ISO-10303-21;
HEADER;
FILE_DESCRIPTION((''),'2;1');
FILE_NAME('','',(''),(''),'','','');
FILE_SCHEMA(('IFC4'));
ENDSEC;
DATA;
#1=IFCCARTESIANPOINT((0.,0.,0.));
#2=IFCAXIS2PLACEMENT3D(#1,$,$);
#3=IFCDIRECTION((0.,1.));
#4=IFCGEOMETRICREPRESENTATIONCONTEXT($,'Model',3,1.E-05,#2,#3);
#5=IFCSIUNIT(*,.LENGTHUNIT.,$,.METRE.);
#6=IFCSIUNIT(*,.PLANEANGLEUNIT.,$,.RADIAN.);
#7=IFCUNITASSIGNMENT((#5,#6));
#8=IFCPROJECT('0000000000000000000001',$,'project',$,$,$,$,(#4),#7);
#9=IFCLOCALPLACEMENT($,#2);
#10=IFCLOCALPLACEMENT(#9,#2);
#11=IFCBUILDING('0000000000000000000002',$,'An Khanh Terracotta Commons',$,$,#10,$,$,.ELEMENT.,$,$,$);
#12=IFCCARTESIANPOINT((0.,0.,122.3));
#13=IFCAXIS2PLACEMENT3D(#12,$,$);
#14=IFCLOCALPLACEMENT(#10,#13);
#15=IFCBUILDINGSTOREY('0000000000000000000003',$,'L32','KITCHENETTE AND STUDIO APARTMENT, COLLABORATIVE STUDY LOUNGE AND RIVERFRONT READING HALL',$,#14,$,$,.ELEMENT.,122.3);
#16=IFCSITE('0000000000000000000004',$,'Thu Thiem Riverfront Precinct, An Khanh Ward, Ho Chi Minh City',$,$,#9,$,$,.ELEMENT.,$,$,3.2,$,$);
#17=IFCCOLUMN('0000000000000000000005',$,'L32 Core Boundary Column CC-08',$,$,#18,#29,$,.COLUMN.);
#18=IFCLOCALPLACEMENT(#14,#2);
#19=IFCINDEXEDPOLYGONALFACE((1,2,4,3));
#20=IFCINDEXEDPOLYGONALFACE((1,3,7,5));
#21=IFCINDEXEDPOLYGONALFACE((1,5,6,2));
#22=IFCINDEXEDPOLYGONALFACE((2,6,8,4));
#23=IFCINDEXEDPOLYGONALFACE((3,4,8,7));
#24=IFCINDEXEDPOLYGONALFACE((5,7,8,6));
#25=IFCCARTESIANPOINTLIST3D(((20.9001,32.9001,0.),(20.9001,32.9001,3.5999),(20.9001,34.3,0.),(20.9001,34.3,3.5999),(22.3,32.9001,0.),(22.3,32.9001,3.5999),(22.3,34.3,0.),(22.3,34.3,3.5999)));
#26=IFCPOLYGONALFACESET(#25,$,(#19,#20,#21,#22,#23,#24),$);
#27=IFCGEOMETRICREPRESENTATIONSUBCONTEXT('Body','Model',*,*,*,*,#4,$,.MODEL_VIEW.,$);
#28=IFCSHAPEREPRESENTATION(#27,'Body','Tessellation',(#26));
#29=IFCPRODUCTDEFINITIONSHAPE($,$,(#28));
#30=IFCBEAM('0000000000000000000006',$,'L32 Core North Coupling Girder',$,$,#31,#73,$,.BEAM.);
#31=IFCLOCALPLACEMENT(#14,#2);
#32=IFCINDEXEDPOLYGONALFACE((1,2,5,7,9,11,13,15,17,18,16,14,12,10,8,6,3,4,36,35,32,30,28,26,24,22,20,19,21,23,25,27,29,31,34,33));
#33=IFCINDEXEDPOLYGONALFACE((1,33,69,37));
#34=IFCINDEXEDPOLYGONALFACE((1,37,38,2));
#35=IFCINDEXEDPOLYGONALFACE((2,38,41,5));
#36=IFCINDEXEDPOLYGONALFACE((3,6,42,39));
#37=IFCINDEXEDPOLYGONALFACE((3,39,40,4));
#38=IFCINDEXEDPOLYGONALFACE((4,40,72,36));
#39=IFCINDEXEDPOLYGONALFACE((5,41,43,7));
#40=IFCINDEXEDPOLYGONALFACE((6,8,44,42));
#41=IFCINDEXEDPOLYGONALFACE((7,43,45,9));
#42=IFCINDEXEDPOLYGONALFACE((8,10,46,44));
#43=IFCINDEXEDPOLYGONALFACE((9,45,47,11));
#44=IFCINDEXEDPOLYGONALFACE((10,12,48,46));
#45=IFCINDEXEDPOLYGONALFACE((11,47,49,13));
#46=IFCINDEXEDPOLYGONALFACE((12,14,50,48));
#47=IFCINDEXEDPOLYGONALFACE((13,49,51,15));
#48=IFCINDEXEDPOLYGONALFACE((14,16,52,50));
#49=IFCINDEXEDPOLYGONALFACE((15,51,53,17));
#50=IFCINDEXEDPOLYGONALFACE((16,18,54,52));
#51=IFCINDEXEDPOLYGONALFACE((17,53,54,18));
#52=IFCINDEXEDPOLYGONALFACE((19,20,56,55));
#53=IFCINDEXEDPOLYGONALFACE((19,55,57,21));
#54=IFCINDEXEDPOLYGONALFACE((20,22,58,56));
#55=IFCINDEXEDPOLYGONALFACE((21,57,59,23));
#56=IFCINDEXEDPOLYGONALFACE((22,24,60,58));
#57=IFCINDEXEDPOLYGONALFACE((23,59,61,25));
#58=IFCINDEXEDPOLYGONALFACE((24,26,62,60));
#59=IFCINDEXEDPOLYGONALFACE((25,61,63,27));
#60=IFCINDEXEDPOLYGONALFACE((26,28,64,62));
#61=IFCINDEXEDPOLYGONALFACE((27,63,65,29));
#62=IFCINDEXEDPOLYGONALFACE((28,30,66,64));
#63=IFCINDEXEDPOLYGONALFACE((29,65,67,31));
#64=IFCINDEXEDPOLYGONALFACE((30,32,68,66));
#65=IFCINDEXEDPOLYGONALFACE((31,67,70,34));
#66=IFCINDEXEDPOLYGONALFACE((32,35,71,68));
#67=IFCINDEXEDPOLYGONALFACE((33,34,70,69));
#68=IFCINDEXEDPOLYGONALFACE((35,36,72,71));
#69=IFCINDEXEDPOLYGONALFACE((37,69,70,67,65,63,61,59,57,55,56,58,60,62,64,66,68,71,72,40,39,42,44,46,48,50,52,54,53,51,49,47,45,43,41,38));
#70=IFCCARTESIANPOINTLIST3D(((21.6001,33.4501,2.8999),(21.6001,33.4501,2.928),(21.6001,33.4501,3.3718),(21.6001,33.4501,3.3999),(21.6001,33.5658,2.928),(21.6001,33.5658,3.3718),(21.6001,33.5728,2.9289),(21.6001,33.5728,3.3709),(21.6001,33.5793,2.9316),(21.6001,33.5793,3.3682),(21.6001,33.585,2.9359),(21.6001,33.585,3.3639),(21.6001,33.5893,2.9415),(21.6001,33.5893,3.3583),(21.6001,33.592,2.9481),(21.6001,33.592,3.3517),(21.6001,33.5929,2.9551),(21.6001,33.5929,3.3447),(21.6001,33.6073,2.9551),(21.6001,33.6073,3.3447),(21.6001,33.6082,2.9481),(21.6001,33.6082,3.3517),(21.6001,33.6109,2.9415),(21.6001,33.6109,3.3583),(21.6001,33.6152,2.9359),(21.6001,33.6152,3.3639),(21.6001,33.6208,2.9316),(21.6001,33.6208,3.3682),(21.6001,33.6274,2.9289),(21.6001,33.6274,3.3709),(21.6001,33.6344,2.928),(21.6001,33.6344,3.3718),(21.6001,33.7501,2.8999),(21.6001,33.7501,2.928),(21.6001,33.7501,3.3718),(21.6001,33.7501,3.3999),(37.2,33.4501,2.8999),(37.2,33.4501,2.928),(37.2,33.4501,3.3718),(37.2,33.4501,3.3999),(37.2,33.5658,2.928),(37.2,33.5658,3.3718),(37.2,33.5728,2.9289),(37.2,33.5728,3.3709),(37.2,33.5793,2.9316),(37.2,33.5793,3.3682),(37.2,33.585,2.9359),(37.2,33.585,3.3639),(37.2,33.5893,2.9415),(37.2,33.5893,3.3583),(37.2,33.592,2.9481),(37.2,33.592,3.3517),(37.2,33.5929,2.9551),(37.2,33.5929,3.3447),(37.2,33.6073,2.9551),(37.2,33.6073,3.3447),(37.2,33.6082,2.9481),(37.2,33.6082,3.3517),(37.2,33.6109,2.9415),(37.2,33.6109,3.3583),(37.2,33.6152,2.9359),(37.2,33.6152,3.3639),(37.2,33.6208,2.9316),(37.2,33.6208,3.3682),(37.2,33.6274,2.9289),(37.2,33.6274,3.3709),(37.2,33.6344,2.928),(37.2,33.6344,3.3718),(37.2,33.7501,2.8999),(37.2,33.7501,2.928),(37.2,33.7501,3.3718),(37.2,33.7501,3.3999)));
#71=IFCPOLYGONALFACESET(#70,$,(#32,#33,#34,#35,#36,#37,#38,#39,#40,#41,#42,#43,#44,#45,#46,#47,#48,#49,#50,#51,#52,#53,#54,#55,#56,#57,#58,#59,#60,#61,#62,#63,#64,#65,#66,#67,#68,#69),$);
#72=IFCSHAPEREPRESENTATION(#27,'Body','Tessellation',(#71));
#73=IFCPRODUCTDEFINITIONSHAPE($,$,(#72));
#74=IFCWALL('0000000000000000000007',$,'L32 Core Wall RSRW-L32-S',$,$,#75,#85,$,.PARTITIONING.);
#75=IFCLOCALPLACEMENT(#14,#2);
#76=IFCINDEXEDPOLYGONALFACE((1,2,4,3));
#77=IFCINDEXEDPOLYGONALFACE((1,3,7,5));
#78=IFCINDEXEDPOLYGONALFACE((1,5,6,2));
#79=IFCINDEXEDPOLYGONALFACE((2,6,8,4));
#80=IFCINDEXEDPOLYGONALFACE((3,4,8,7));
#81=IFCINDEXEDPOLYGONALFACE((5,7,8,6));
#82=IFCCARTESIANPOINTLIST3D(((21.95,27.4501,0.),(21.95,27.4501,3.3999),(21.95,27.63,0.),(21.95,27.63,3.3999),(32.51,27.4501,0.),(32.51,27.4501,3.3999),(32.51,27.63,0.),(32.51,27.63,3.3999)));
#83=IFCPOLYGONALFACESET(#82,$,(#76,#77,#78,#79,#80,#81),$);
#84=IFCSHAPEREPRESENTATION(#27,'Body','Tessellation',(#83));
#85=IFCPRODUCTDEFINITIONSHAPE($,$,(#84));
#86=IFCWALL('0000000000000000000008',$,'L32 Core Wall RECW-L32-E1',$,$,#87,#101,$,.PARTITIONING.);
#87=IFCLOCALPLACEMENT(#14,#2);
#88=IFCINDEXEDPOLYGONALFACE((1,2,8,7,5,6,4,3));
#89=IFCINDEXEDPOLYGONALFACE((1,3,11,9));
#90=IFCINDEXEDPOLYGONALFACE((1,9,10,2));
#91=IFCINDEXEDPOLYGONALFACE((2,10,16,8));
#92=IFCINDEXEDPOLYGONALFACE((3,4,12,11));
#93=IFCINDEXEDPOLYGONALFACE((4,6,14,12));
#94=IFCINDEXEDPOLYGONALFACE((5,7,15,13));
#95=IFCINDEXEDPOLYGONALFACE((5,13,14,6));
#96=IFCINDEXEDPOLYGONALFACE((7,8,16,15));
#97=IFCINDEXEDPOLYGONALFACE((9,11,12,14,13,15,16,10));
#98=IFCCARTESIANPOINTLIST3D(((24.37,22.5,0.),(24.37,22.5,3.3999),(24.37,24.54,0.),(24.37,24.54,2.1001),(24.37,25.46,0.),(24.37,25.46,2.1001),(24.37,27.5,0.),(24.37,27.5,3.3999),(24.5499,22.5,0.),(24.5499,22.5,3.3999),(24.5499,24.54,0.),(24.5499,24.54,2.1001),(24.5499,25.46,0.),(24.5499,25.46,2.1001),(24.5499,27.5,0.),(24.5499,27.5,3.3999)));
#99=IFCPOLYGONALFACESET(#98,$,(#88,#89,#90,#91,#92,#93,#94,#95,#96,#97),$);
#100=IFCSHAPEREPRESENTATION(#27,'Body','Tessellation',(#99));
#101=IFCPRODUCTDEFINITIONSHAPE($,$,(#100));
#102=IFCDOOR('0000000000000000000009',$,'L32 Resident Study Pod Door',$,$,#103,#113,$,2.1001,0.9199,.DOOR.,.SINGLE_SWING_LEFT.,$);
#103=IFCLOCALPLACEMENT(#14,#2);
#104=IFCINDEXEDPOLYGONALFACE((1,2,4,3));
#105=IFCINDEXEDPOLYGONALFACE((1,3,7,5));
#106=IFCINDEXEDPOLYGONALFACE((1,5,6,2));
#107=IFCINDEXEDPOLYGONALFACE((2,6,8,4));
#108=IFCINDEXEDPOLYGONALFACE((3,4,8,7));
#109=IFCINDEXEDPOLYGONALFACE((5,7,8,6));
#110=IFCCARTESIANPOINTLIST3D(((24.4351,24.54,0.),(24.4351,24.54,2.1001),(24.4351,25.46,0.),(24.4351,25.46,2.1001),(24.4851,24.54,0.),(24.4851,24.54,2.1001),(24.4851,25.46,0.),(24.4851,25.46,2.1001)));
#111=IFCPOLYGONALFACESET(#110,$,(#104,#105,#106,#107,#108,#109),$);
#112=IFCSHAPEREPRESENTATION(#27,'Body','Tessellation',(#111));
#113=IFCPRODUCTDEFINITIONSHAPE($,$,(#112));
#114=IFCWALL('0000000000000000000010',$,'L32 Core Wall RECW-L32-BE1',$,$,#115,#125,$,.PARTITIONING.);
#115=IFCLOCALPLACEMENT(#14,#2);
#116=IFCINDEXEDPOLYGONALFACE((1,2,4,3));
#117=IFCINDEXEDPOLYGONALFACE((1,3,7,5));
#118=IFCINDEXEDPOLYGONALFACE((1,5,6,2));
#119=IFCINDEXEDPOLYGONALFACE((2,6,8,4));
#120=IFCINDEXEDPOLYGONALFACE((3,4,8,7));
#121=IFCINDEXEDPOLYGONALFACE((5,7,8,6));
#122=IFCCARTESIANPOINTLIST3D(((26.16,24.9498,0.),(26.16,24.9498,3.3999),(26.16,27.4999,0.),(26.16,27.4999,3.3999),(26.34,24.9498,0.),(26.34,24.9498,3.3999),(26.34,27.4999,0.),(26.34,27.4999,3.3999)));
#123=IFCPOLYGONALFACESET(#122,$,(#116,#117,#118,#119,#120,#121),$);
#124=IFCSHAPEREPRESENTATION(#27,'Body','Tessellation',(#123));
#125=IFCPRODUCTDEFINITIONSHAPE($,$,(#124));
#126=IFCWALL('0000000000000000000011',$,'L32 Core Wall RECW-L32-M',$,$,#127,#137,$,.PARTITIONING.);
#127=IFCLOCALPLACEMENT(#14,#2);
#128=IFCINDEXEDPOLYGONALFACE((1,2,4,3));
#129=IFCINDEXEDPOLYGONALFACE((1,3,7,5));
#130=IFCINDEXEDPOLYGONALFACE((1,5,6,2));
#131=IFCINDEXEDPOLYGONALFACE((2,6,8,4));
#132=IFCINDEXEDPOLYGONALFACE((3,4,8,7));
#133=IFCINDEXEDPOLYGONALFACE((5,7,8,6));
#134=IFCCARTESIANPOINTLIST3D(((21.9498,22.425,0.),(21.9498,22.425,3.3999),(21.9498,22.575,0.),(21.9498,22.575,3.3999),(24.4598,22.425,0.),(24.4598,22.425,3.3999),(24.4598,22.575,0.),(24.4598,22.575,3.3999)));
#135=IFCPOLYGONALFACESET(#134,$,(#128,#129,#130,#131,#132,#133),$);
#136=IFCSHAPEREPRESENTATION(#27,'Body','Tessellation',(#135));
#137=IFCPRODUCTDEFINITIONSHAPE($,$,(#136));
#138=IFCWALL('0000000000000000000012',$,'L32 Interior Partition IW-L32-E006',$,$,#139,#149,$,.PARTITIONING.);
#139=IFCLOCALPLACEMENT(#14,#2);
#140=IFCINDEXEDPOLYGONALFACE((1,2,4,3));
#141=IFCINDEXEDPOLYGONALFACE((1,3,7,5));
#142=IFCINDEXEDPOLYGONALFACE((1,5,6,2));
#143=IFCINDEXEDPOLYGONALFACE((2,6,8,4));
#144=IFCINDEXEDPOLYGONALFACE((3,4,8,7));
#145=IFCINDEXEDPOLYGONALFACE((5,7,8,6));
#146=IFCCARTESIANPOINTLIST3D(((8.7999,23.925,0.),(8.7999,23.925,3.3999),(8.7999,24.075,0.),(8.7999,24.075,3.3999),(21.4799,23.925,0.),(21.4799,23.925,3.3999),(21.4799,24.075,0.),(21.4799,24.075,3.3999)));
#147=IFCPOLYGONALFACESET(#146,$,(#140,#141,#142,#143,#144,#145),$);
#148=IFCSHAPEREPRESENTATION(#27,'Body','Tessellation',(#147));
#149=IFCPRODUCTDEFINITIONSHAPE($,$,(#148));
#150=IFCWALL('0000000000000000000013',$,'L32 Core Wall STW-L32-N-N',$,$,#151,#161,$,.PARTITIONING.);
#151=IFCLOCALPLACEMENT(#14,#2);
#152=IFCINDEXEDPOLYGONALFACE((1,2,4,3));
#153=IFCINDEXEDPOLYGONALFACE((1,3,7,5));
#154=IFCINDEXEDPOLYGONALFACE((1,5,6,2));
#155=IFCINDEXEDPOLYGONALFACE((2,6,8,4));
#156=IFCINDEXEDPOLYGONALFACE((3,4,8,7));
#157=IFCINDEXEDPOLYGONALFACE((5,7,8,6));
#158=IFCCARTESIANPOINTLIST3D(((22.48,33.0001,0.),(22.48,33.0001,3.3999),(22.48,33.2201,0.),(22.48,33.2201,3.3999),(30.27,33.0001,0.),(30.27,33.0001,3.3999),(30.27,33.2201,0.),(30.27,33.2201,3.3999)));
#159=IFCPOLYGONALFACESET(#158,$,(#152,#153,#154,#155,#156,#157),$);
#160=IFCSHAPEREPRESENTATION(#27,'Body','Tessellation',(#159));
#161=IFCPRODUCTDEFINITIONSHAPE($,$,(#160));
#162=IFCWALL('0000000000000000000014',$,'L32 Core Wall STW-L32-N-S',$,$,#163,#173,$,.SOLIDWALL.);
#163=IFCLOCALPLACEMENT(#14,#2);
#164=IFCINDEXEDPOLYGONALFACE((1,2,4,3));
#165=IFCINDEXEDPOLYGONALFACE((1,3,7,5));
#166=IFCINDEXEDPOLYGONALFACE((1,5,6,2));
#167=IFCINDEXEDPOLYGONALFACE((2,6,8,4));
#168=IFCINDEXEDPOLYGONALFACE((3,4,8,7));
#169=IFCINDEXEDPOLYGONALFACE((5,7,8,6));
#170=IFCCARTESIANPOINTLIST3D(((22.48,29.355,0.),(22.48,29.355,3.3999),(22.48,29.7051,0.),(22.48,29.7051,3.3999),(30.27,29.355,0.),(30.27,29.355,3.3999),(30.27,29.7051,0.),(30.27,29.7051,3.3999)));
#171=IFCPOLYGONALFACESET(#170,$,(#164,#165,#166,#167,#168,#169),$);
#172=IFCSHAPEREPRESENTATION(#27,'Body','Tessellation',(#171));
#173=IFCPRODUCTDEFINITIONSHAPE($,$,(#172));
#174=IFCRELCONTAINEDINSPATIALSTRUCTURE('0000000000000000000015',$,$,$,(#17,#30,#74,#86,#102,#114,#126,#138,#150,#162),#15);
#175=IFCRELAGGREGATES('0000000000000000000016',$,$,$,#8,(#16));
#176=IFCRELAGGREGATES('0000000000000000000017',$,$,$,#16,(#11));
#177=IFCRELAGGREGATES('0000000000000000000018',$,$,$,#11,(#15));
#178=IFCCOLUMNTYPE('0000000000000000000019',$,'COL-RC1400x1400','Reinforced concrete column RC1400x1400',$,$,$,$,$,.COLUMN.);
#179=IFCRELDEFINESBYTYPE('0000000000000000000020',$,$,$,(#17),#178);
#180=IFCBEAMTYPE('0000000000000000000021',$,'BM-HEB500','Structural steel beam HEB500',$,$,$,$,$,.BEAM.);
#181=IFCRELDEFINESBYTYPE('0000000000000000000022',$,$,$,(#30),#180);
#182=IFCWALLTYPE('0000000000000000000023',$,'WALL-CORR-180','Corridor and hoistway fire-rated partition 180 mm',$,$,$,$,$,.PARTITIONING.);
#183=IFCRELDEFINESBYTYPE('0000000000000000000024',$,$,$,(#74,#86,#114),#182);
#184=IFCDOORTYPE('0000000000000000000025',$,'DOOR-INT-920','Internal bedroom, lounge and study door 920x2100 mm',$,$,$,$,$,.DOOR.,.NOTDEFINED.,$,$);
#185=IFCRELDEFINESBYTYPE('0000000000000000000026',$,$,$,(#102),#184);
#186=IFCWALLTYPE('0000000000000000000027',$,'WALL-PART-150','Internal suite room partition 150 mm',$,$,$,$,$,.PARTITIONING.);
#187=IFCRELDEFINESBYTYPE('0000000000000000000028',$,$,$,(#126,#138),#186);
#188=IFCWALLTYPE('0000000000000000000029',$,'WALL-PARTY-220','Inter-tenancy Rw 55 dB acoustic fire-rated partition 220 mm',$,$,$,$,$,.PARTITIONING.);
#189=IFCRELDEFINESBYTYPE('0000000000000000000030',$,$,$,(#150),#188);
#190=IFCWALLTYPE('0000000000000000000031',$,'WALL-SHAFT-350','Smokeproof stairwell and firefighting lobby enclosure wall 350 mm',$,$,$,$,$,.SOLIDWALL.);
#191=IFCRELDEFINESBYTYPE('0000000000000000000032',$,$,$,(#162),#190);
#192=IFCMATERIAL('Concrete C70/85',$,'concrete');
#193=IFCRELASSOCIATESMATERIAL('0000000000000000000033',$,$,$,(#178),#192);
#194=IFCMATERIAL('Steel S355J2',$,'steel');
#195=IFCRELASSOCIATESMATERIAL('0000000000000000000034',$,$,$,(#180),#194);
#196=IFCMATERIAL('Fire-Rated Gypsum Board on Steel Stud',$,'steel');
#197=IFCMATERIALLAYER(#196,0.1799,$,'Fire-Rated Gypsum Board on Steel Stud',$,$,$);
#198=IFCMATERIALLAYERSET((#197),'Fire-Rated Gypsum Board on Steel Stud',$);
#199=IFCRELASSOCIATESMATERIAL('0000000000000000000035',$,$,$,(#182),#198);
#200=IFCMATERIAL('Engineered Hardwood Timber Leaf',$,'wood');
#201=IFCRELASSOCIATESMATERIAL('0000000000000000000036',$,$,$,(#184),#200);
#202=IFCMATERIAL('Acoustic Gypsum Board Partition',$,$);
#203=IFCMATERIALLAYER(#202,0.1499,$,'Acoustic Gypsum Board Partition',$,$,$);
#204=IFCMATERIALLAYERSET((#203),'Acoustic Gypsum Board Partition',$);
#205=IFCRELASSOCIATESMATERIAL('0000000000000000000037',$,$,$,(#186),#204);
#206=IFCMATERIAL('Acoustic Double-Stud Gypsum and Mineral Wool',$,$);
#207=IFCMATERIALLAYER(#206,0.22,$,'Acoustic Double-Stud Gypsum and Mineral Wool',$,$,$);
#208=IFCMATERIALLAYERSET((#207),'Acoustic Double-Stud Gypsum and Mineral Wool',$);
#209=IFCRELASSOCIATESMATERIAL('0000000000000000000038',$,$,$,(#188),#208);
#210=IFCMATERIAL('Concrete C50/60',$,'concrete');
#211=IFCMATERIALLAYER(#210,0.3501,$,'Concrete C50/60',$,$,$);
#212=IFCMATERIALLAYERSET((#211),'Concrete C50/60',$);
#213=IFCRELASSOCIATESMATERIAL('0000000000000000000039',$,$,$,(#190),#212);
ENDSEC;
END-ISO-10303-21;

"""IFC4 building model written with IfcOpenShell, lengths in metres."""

from ifc_helpers import new_model, si_unit, direction, frame, frame_2d, origin, origin_2d, place, context, subcontext, project, spatial, rectangle, i_section, extrude, material, layer, layer_set, material_profile, profile_set, type_object, element, fill, save


model = new_model("IFC4")

# Units and contexts
model_context = context("Model", 3, precision=1e-05, world=origin(), true_north=direction((0.0, 1.0)))
body_context = subcontext(model_context, "Body", "Model", "MODEL_VIEW")
ifc_project = project(units=[si_unit("LENGTHUNIT", "METRE"), si_unit("PLANEANGLEUNIT", "RADIAN")], contexts=[model_context])

# Site, building, storey
site_placement = place(None, origin())
site = spatial("IfcSite", under=ifc_project, at=site_placement, Name="Thu Thiem Riverfront Precinct, An Khanh Ward, Ho Chi Minh City", CompositionType="ELEMENT", RefElevation=3.2)
building_placement = place(site_placement, origin())
building = spatial("IfcBuilding", under=site, at=building_placement, Name="An Khanh Terracotta Commons", CompositionType="ELEMENT")
storey_placement = place(building_placement, frame((0.0, 0.0, 122.3)))
storey = spatial("IfcBuildingStorey", under=building, at=storey_placement, Name="L32", Description="KITCHENETTE AND STUDIO APARTMENT, COLLABORATIVE STUDY LOUNGE AND RIVERFRONT READING HALL", CompositionType="ELEMENT", Elevation=122.3)

# Column
ifc_material_1 = material(Name="Concrete C70/85", Category="concrete")
ifc_material_profile_1 = material_profile(ifc_material_1, rectangle(XDim=1.3999, YDim=1.3999, at=origin_2d()), Name="RC1400x1400")
ifc_profile_set_1 = profile_set([ifc_material_profile_1], Name="Concrete C70/85")
column_type = type_object("IfcColumnType", Name="COL-RC1400x1400", Description="Reinforced concrete column RC1400x1400", PredefinedType="COLUMN", material=ifc_profile_set_1)
column_placement = place(storey_placement, frame((21.6001, 33.6001, 0.0), z_axis=(0.0, 0.0, 1.0), x_axis=(1.0, 0.0, 0.0)))
element("IfcColumn", 1, at=column_placement, inside=storey, type_object=column_type, Name="L32 Core Boundary Column CC-08", PredefinedType="COLUMN", context=body_context, shape_type="SweptSolid", body=[
    extrude(rectangle(XDim=1.3999, YDim=1.3999, at=origin_2d()), origin(), (0.0, 0.0, 1.0), 3.5999),
])

# Beam
ifc_material_2 = material(Name="Steel S355J2", Category="steel")
ifc_material_profile_2 = material_profile(ifc_material_2, i_section(OverallWidth=0.3, OverallDepth=0.5, WebThickness=0.0144, FlangeThickness=0.0281, FilletRadius=0.0271, at=origin_2d()), Name="HEB500")
ifc_profile_set_2 = profile_set([ifc_material_profile_2], Name="Steel S355J2")
beam_type = type_object("IfcBeamType", Name="BM-HEB500", Description="Structural steel beam HEB500", PredefinedType="BEAM", material=ifc_profile_set_2)
beam_placement = place(storey_placement, frame((21.6001, 33.6001, 3.1499), z_axis=(1.0, 0.0, 0.0), x_axis=(0.0, 1.0, 0.0)))
element("IfcBeam", 2, at=beam_placement, inside=storey, type_object=beam_type, Name="L32 Core North Coupling Girder", PredefinedType="BEAM", context=body_context, shape_type="SweptSolid", body=[
    extrude(i_section(OverallWidth=0.3, OverallDepth=0.5, WebThickness=0.0144, FlangeThickness=0.0281, FilletRadius=0.0271, at=origin_2d()), origin(), (0.0, 0.0, 1.0), 15.5999),
])

# Wall
ifc_material_3 = material(Name="Fire-Rated Gypsum Board on Steel Stud", Category="steel")
ifc_layer_1 = layer(ifc_material_3, 0.1799, Name="Fire-Rated Gypsum Board on Steel Stud")
ifc_layer_set_1 = layer_set([ifc_layer_1], Name="Fire-Rated Gypsum Board on Steel Stud")
wall_type_1 = type_object("IfcWallType", Name="WALL-CORR-180", Description="Corridor and hoistway fire-rated partition 180 mm", PredefinedType="PARTITIONING", material=ifc_layer_set_1)
wall_1_placement = place(storey_placement, frame((21.95, 27.54, 0.0), z_axis=(0.0, 0.0, 1.0), x_axis=(1.0, 0.0, 0.0)))
element("IfcWall", 3, at=wall_1_placement, inside=storey, type_object=wall_type_1, Name="L32 Core Wall RSRW-L32-S", PredefinedType="PARTITIONING", context=body_context, shape_type="SweptSolid", body=[
    extrude(rectangle(XDim=10.5601, YDim=0.1799, at=frame_2d((5.28, 0.0))), origin(), (0.0, 0.0, 1.0), 3.3999),
])

# Wall, opening, door
wall_2_placement = place(storey_placement, frame((24.46, 22.5, 0.0), z_axis=(0.0, 0.0, 1.0), x_axis=(0.0, 1.0, 0.0)))
wall_2 = element("IfcWall", 4, at=wall_2_placement, inside=storey, type_object=wall_type_1, Name="L32 Core Wall RECW-L32-E1", PredefinedType="PARTITIONING", context=body_context, shape_type="SweptSolid", body=[
    extrude(rectangle(XDim=5.0, YDim=0.1799, at=frame_2d((2.5, 0.0))), origin(), (0.0, 0.0, 1.0), 3.3999),
])
opening_1_placement = place(wall_2_placement, frame((2.04, 0.0, 0.0)))
opening_1 = element("IfcOpeningElement", 5, at=opening_1_placement, cuts=wall_2, PredefinedType="OPENING", context=body_context, shape_type="SweptSolid", body=[
    extrude(rectangle(XDim=0.9199, YDim=2.1001, at=frame_2d((0.46, 1.05))), frame((0.0, 0.0999, 0.0), z_axis=(0.0, -1.0, 0.0), x_axis=(1.0, 0.0, 0.0)), (0.0, 0.0, 1.0), 0.2),
])
ifc_material_4 = material(Name="Engineered Hardwood Timber Leaf", Category="wood")
door_type_1 = type_object("IfcDoorType", Name="DOOR-INT-920", Description="Internal bedroom, lounge and study door 920x2100 mm", OperationType="NOTDEFINED", PredefinedType="DOOR", material=ifc_material_4)
door_1_placement = place(opening_1_placement, origin())
door_1 = element("IfcDoor", 6, at=door_1_placement, inside=storey, type_object=door_type_1, Name="L32 Resident Study Pod Door", OperationType="SINGLE_SWING_LEFT", OverallHeight=2.1001, OverallWidth=0.9199, PredefinedType="DOOR", context=body_context, shape_type="SweptSolid", body=[
    extrude(rectangle(XDim=0.9199, YDim=2.1001, at=frame_2d((0.46, 1.05))), frame((0.0, 0.0249, 0.0), z_axis=(0.0, -1.0, 0.0), x_axis=(1.0, 0.0, 0.0)), (0.0, 0.0, 1.0), 0.05),
])
fill(opening_1, door_1)

# Walls
wall_3_placement = place(storey_placement, frame((26.25, 24.95, 0.0), z_axis=(0.0, 0.0, 1.0), x_axis=(0.0, 1.0, 0.0)))
element("IfcWall", 7, at=wall_3_placement, inside=storey, type_object=wall_type_1, Name="L32 Core Wall RECW-L32-BE1", PredefinedType="PARTITIONING", context=body_context, shape_type="SweptSolid", body=[
    extrude(rectangle(XDim=2.55, YDim=0.1799, at=frame_2d((1.2749, 0.0))), origin(), (0.0, 0.0, 1.0), 3.3999),
])
ifc_material_5 = material(Name="Acoustic Gypsum Board Partition")
ifc_layer_2 = layer(ifc_material_5, 0.1499, Name="Acoustic Gypsum Board Partition")
ifc_layer_set_2 = layer_set([ifc_layer_2], Name="Acoustic Gypsum Board Partition")
wall_type_2 = type_object("IfcWallType", Name="WALL-PART-150", Description="Internal suite room partition 150 mm", PredefinedType="PARTITIONING", material=ifc_layer_set_2)
wall_4_placement = place(storey_placement, frame((21.95, 22.5, 0.0), z_axis=(0.0, 0.0, 1.0), x_axis=(1.0, 0.0, 0.0)))
element("IfcWall", 8, at=wall_4_placement, inside=storey, type_object=wall_type_2, Name="L32 Core Wall RECW-L32-M", PredefinedType="PARTITIONING", context=body_context, shape_type="SweptSolid", body=[
    extrude(rectangle(XDim=2.51, YDim=0.1499, at=frame_2d((1.2549, 0.0))), origin(), (0.0, 0.0, 1.0), 3.3999),
])
wall_5_placement = place(storey_placement, frame((8.8, 24.0, 0.0), z_axis=(0.0, 0.0, 1.0), x_axis=(1.0, 0.0, 0.0)))
element("IfcWall", 9, at=wall_5_placement, inside=storey, type_object=wall_type_2, Name="L32 Interior Partition IW-L32-E006", PredefinedType="PARTITIONING", context=body_context, shape_type="SweptSolid", body=[
    extrude(rectangle(XDim=12.6799, YDim=0.1499, at=frame_2d((6.3398, 0.0))), origin(), (0.0, 0.0, 1.0), 3.3999),
])
ifc_material_6 = material(Name="Acoustic Double-Stud Gypsum and Mineral Wool")
ifc_layer_3 = layer(ifc_material_6, 0.22, Name="Acoustic Double-Stud Gypsum and Mineral Wool")
ifc_layer_set_3 = layer_set([ifc_layer_3], Name="Acoustic Double-Stud Gypsum and Mineral Wool")
wall_type_3 = type_object("IfcWallType", Name="WALL-PARTY-220", Description="Inter-tenancy Rw 55 dB acoustic fire-rated partition 220 mm", PredefinedType="PARTITIONING", material=ifc_layer_set_3)
wall_6_placement = place(storey_placement, frame((22.48, 33.1101, 0.0), z_axis=(0.0, 0.0, 1.0), x_axis=(1.0, 0.0, 0.0)))
element("IfcWall", 10, at=wall_6_placement, inside=storey, type_object=wall_type_3, Name="L32 Core Wall STW-L32-N-N", PredefinedType="PARTITIONING", context=body_context, shape_type="SweptSolid", body=[
    extrude(rectangle(XDim=7.79, YDim=0.22, at=frame_2d((3.895, 0.0))), origin(), (0.0, 0.0, 1.0), 3.3999),
])
ifc_material_7 = material(Name="Concrete C50/60", Category="concrete")
ifc_layer_4 = layer(ifc_material_7, 0.3501, Name="Concrete C50/60")
ifc_layer_set_4 = layer_set([ifc_layer_4], Name="Concrete C50/60")
wall_type_4 = type_object("IfcWallType", Name="WALL-SHAFT-350", Description="Smokeproof stairwell and firefighting lobby enclosure wall 350 mm", PredefinedType="SOLIDWALL", material=ifc_layer_set_4)
wall_7_placement = place(storey_placement, frame((22.48, 29.53, 0.0), z_axis=(0.0, 0.0, 1.0), x_axis=(1.0, 0.0, 0.0)))
element("IfcWall", 11, at=wall_7_placement, inside=storey, type_object=wall_type_4, Name="L32 Core Wall STW-L32-N-S", PredefinedType="SOLIDWALL", context=body_context, shape_type="SweptSolid", body=[
    extrude(rectangle(XDim=7.79, YDim=0.3501, at=frame_2d((3.895, 0.0))), origin(), (0.0, 0.0, 1.0), 3.3999),
])

save(model, "model.ifc")
